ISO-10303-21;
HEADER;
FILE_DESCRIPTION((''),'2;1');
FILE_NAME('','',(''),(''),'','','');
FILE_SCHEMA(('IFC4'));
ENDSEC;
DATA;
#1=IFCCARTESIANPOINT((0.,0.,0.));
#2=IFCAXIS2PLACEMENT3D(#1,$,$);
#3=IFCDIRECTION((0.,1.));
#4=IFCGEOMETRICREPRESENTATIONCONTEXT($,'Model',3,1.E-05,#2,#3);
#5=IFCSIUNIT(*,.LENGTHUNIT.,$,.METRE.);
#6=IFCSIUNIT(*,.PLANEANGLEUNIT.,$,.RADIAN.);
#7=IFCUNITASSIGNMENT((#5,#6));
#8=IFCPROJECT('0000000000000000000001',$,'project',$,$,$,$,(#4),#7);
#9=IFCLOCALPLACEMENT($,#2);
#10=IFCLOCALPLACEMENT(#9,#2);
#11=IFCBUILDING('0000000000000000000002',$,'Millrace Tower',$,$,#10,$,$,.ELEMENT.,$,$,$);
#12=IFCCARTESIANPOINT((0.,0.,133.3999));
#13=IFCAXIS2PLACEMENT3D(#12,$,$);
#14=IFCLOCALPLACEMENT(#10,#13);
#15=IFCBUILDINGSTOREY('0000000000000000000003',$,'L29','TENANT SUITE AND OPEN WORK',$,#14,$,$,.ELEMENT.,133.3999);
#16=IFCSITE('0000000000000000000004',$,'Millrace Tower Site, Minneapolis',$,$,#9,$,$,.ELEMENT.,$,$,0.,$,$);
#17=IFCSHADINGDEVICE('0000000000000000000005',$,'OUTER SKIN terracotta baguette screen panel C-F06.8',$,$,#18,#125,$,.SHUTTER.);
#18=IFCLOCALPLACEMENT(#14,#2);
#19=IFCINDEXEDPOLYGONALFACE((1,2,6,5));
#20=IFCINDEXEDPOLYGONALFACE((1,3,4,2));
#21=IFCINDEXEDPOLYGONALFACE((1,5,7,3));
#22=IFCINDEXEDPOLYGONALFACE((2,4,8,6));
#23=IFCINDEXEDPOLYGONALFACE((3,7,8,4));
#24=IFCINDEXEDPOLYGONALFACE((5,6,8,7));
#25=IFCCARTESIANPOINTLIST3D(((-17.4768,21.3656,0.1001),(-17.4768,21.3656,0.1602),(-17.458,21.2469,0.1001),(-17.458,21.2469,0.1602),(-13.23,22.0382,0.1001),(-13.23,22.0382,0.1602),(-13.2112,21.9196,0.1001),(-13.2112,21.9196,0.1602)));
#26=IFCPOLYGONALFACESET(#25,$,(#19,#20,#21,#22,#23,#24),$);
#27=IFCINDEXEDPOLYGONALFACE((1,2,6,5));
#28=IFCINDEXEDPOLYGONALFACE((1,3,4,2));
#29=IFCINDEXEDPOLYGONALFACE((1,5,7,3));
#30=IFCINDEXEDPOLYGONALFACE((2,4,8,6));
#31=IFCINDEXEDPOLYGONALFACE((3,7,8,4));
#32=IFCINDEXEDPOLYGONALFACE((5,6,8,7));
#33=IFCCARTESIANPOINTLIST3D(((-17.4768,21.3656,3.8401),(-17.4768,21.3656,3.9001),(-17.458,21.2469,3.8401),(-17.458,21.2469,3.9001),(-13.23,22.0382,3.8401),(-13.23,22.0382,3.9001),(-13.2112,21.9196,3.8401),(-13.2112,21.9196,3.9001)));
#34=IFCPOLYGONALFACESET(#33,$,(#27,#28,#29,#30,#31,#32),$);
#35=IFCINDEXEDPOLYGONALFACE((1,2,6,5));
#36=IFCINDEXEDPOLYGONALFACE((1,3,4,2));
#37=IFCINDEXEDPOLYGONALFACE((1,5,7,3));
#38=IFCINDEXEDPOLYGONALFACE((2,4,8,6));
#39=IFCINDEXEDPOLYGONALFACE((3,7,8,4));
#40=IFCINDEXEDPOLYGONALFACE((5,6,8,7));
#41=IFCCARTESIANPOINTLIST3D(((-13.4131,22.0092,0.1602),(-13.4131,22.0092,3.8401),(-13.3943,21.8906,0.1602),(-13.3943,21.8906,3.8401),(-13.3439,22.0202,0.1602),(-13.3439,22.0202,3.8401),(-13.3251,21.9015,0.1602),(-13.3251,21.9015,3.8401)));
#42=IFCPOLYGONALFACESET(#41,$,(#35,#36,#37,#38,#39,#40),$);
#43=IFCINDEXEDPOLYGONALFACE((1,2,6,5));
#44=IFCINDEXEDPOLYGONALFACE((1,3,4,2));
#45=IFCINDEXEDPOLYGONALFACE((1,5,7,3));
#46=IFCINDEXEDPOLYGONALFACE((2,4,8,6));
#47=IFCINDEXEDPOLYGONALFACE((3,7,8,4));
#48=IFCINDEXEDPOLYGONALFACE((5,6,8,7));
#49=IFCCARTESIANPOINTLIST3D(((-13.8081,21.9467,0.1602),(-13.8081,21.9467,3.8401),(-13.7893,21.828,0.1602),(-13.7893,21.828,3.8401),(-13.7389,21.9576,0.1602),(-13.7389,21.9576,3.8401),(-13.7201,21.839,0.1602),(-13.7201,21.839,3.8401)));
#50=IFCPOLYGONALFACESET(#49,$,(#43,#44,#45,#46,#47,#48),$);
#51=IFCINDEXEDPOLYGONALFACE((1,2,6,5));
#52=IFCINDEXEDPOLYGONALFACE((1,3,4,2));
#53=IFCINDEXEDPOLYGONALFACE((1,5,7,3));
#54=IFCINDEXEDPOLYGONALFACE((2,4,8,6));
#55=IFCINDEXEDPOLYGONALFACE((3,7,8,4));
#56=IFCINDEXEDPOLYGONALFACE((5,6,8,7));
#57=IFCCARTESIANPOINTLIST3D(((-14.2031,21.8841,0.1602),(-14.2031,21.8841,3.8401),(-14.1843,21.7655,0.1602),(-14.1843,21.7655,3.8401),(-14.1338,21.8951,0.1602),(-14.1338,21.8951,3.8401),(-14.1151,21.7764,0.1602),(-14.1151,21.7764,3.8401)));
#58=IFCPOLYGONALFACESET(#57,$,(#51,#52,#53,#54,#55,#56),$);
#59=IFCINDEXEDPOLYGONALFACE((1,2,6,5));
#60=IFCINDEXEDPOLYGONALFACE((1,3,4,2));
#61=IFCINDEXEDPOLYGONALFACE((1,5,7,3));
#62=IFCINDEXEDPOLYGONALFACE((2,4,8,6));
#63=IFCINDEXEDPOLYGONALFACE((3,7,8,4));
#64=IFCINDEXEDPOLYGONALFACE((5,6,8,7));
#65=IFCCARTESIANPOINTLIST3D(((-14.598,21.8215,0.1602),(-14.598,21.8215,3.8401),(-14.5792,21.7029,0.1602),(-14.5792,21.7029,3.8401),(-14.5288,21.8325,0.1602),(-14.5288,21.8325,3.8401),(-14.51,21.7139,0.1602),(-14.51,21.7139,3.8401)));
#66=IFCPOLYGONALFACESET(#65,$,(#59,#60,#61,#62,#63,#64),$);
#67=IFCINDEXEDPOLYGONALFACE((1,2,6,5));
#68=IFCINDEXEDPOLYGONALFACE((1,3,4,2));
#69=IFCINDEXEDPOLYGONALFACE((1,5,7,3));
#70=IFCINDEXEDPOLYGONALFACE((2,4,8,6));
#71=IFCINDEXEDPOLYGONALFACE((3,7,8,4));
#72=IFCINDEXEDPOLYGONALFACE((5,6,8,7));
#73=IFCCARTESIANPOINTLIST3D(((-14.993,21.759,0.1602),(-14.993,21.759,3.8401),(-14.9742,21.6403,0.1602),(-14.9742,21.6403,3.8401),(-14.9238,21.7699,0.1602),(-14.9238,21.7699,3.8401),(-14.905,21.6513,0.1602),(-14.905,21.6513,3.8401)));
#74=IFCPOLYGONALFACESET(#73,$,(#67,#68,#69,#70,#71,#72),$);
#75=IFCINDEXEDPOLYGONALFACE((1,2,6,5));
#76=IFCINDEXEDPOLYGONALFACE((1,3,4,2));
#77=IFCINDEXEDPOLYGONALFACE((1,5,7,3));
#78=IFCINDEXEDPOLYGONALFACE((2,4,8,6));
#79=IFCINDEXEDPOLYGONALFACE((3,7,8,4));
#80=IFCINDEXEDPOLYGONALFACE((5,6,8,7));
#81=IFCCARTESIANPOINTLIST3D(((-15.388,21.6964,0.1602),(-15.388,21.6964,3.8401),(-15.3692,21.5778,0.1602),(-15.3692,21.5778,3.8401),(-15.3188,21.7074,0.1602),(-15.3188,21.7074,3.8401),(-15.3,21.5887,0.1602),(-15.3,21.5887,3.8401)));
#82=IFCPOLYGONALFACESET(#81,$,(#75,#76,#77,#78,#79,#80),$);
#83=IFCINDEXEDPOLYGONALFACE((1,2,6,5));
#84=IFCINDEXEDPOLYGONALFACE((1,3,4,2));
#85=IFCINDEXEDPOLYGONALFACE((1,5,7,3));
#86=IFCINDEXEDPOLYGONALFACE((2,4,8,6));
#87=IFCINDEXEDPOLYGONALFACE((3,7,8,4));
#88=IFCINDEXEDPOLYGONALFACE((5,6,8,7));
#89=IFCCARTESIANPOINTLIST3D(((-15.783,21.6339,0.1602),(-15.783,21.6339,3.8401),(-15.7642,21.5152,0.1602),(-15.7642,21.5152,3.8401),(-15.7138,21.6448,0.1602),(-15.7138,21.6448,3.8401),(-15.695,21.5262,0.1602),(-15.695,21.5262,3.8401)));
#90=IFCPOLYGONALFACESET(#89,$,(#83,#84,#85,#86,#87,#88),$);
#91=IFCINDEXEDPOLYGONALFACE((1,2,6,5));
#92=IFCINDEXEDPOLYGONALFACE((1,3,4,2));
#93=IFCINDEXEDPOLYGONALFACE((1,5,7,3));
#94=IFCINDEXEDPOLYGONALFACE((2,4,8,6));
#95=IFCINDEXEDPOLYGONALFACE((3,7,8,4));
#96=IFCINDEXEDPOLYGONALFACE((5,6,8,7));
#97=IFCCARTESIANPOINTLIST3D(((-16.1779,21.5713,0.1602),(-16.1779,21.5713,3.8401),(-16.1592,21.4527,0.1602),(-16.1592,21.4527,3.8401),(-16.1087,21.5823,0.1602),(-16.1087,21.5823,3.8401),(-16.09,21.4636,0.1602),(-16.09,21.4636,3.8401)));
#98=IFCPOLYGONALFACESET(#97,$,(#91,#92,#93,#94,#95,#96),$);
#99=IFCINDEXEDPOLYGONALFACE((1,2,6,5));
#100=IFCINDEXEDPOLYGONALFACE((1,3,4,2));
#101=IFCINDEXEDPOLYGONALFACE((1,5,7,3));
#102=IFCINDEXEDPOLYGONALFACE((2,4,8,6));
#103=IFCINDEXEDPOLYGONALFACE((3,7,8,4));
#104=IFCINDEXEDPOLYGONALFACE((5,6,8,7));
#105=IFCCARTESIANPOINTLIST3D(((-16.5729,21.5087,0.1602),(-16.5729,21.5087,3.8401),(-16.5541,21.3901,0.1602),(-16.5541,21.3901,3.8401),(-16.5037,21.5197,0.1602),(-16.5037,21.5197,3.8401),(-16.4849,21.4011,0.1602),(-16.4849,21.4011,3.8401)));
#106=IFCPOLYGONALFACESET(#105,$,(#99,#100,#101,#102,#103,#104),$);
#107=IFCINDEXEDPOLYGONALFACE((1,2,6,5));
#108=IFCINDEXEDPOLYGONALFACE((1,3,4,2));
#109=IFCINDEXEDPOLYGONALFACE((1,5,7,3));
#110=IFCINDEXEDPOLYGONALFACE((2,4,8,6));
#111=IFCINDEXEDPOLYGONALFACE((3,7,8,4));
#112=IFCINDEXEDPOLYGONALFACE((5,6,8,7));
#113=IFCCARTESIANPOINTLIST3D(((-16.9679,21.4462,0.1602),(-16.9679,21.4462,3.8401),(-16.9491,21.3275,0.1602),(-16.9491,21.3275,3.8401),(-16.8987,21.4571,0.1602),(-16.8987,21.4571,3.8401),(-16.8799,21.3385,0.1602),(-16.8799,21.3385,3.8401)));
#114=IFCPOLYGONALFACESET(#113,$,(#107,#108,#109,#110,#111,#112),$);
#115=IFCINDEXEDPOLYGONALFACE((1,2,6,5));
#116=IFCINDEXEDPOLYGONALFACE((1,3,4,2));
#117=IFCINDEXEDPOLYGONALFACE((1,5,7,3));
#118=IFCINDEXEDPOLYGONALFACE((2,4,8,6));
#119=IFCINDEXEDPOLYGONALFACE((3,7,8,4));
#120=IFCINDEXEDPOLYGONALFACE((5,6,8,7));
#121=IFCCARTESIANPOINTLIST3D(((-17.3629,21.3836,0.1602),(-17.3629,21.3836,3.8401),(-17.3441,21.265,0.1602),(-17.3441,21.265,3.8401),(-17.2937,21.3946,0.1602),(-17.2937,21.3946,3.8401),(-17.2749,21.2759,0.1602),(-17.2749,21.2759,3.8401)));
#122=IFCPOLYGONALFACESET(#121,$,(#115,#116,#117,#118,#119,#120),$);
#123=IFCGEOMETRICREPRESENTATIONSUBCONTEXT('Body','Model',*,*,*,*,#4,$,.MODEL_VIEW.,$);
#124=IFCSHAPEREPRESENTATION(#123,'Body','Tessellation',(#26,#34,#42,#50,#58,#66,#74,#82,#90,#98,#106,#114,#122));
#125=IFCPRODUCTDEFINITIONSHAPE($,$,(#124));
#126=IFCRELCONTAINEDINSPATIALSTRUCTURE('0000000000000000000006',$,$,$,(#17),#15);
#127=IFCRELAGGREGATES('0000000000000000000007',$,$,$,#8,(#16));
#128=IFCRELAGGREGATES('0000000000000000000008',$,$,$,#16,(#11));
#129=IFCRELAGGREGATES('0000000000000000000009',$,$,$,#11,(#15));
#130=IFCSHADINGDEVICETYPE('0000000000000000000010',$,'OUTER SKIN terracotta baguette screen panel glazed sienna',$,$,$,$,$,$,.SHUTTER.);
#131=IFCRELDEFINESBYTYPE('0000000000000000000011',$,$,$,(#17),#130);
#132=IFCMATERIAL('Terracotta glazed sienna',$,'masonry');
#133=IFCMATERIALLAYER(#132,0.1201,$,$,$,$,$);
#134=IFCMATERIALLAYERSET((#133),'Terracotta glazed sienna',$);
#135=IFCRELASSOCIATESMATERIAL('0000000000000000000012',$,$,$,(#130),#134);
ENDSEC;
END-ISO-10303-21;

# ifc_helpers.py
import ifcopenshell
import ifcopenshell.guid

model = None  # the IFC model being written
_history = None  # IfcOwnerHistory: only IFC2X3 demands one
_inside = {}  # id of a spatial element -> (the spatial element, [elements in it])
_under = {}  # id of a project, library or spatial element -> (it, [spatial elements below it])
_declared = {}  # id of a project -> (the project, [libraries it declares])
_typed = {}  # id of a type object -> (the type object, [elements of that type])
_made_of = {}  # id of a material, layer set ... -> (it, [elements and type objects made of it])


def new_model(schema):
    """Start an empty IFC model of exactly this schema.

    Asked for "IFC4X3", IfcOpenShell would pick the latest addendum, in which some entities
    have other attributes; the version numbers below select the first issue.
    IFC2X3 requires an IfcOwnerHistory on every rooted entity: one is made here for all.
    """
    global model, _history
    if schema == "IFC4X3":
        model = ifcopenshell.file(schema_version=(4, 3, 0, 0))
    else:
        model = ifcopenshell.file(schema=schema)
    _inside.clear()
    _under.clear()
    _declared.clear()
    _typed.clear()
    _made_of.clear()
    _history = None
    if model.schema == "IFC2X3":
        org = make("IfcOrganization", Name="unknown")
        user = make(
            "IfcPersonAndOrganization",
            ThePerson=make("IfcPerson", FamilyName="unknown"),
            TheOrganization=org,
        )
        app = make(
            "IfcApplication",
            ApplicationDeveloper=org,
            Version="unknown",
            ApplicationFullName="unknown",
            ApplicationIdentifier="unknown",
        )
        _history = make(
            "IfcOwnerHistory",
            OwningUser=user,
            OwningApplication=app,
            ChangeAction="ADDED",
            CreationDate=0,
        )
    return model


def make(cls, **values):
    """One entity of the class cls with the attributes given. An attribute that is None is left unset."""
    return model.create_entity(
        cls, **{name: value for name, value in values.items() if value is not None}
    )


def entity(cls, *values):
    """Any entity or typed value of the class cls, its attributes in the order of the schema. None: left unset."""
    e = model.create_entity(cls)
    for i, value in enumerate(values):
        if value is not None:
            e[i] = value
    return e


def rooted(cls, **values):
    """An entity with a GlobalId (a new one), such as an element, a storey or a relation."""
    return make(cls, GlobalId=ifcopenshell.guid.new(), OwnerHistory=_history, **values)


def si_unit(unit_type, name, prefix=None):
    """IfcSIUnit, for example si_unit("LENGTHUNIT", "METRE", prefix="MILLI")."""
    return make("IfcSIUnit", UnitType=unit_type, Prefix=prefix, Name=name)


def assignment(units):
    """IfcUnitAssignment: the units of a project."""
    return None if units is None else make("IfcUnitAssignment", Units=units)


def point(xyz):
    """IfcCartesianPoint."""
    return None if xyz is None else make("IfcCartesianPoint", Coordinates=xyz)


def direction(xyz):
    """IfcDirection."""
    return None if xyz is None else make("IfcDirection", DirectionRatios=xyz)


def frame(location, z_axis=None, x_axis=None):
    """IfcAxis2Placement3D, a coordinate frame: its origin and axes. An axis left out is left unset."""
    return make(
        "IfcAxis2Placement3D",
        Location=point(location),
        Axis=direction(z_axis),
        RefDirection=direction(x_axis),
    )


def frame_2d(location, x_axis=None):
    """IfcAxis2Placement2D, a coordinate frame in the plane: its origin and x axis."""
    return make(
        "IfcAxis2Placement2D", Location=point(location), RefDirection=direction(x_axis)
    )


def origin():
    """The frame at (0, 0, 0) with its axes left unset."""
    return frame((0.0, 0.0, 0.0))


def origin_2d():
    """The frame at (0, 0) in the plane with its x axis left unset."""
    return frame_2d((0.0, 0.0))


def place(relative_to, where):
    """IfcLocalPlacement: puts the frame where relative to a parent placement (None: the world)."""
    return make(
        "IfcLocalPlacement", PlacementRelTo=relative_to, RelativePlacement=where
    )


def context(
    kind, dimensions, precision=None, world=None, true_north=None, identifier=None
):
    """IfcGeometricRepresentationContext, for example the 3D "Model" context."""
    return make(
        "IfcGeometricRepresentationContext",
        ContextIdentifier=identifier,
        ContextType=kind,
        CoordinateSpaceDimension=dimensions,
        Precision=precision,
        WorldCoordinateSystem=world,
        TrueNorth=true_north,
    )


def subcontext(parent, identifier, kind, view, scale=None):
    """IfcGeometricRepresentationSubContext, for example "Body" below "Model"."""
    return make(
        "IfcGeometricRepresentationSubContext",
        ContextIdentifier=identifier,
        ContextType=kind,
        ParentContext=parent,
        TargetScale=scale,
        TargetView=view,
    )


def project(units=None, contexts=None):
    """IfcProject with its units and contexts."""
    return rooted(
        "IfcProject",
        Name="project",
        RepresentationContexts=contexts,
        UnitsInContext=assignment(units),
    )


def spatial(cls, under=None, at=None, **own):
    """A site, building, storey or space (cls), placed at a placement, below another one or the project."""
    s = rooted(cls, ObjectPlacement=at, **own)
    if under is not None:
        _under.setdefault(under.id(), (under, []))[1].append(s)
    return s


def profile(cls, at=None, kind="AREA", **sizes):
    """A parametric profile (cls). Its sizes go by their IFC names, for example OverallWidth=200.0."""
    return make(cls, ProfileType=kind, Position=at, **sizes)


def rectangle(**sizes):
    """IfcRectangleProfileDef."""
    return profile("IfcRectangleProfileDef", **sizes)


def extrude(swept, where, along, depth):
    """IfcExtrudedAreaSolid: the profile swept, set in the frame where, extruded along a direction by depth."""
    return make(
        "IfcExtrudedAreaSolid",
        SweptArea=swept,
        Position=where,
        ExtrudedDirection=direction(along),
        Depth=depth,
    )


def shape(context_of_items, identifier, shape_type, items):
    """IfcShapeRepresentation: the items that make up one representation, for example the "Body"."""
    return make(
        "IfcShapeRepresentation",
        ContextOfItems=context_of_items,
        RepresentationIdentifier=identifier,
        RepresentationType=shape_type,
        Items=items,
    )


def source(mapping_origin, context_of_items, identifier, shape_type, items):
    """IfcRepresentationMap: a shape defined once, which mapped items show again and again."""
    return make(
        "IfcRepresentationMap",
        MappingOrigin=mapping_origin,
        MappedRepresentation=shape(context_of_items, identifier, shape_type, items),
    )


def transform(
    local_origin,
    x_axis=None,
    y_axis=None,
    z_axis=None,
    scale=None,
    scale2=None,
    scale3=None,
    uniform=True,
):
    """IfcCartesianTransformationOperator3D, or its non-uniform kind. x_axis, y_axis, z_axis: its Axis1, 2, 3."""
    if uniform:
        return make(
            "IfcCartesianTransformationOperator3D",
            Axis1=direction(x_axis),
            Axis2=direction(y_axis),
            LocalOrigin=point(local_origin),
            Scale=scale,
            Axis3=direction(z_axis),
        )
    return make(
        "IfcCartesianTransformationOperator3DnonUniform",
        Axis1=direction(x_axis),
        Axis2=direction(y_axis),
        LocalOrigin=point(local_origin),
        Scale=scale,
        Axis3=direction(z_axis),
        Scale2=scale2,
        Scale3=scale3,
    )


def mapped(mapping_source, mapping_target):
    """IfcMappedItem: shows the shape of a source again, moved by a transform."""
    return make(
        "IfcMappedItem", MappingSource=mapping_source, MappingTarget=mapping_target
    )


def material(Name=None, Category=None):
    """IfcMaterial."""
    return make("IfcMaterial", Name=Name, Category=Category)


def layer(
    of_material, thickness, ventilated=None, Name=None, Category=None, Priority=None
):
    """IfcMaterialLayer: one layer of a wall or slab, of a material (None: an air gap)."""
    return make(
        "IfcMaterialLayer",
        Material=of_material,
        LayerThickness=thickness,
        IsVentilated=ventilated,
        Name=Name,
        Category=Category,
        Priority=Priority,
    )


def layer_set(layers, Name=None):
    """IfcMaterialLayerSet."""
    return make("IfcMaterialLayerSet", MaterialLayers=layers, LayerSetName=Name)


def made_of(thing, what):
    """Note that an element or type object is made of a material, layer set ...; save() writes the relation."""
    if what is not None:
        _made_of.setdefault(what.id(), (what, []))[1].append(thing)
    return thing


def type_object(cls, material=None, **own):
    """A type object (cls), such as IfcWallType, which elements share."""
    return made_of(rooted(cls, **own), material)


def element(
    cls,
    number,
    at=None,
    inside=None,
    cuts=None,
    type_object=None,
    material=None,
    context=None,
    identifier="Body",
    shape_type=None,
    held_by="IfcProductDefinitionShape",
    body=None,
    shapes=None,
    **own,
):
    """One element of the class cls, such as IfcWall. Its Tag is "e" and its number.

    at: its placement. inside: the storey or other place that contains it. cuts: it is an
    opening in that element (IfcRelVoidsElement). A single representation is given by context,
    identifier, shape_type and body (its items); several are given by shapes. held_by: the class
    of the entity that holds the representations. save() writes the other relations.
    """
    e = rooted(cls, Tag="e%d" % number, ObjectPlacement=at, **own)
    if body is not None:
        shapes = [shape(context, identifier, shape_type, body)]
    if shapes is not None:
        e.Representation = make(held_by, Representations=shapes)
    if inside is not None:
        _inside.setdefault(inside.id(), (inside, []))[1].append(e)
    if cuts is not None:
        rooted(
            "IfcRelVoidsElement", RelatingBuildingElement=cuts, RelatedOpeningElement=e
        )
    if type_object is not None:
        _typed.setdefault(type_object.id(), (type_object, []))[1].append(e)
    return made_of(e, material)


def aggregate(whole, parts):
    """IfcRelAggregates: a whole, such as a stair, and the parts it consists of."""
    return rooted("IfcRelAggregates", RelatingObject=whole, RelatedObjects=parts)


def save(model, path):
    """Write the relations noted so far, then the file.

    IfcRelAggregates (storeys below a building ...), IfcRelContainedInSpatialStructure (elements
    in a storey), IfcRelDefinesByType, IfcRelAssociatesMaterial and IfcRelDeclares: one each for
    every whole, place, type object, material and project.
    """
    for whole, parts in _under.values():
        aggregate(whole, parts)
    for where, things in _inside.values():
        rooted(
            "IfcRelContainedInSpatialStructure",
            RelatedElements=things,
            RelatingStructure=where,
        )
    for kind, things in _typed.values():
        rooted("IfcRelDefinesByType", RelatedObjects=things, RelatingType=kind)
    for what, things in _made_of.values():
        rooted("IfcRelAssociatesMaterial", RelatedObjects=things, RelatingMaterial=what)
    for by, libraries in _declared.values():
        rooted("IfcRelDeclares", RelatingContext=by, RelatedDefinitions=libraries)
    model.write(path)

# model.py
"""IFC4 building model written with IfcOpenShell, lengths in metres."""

from ifc_helpers import new_model, entity, si_unit, direction, frame, frame_2d, origin, origin_2d, place, context, subcontext, project, spatial, rectangle, extrude, source, transform, mapped, material, layer, layer_set, type_object, element, save


model = new_model("IFC4")

# Units and contexts
model_context = context("Model", 3, precision=1e-05, world=origin(), true_north=direction((0.0, 1.0)))
body_context = subcontext(model_context, "Body", "Model", "MODEL_VIEW")
ifc_project = project(units=[si_unit("LENGTHUNIT", "METRE"), si_unit("PLANEANGLEUNIT", "RADIAN")], contexts=[model_context])

# Site, building, storey
site_placement = place(None, origin())
site = spatial("IfcSite", under=ifc_project, at=site_placement, Name="Millrace Tower Site, Minneapolis", CompositionType="ELEMENT", RefElevation=0.0)
building_placement = place(site_placement, origin())
building = spatial("IfcBuilding", under=site, at=building_placement, Name="Millrace Tower", CompositionType="ELEMENT")
storey_placement = place(building_placement, frame((0.0, 0.0, 133.3999)))
storey = spatial("IfcBuildingStorey", under=building, at=storey_placement, Name="L29", Description="TENANT SUITE AND OPEN WORK", CompositionType="ELEMENT", Elevation=133.3999)

# Shading device
ifc_material_1 = material(Name="Terracotta glazed sienna", Category="masonry")
ifc_layer_1 = layer(ifc_material_1, 0.1201)
ifc_layer_set_1 = layer_set([ifc_layer_1], Name="Terracotta glazed sienna")
shading_device_type = type_object("IfcShadingDeviceType", Name="OUTER SKIN terracotta baguette screen panel glazed sienna", PredefinedType="SHUTTER", material=ifc_layer_set_1)
cartesian_point_1 = entity("IfcCartesianPoint", [-2.1499, 0.0601])
shared_polyline_1 = entity("IfcPolyline", [cartesian_point_1, entity("IfcCartesianPoint", [2.1499, 0.0601]), entity("IfcCartesianPoint", [2.1499, -0.0601]), entity("IfcCartesianPoint", [-2.1499, -0.0601]), cartesian_point_1])
shared_shape_1 = source(origin(), body_context, "Body", "SweptSolid", [
    entity("IfcExtrudedAreaSolid", entity("IfcArbitraryClosedProfileDef", "AREA", None, shared_polyline_1), entity("IfcAxis2Placement3D", entity("IfcCartesianPoint", [0.0, 0.0, 0.0])), entity("IfcDirection", [0.0, 0.0, 1.0]), 0.0601),
    entity("IfcExtrudedAreaSolid", entity("IfcArbitraryClosedProfileDef", "AREA", None, shared_polyline_1), entity("IfcAxis2Placement3D", entity("IfcCartesianPoint", [0.0, 0.0, 3.74])), entity("IfcDirection", [0.0, 0.0, 1.0]), 0.0601),
    extrude(rectangle(XDim=0.0701, YDim=0.1201, at=frame_2d((-1.9995, 0.0))), frame((0.0, 0.0, 0.0601)), (0.0, 0.0, 1.0), 3.6799),
    extrude(rectangle(XDim=0.0701, YDim=0.1201, at=frame_2d((-1.5996, 0.0))), frame((0.0, 0.0, 0.0601)), (0.0, 0.0, 1.0), 3.6799),
    extrude(rectangle(XDim=0.0701, YDim=0.1201, at=frame_2d((-1.1997, 0.0))), frame((0.0, 0.0, 0.0601)), (0.0, 0.0, 1.0), 3.6799),
    extrude(rectangle(XDim=0.0701, YDim=0.1201, at=frame_2d((-0.7998, 0.0))), frame((0.0, 0.0, 0.0601)), (0.0, 0.0, 1.0), 3.6799),
    extrude(rectangle(XDim=0.0701, YDim=0.1201, at=frame_2d((-0.3999, 0.0))), frame((0.0, 0.0, 0.0601)), (0.0, 0.0, 1.0), 3.6799),
    extrude(rectangle(XDim=0.0701, YDim=0.1201, at=origin_2d()), frame((0.0, 0.0, 0.0601)), (0.0, 0.0, 1.0), 3.6799),
    extrude(rectangle(XDim=0.0701, YDim=0.1201, at=frame_2d((0.3999, 0.0))), frame((0.0, 0.0, 0.0601)), (0.0, 0.0, 1.0), 3.6799),
    extrude(rectangle(XDim=0.0701, YDim=0.1201, at=frame_2d((0.7998, 0.0))), frame((0.0, 0.0, 0.0601)), (0.0, 0.0, 1.0), 3.6799),
    extrude(rectangle(XDim=0.0701, YDim=0.1201, at=frame_2d((1.1997, 0.0))), frame((0.0, 0.0, 0.0601)), (0.0, 0.0, 1.0), 3.6799),
    extrude(rectangle(XDim=0.0701, YDim=0.1201, at=frame_2d((1.5996, 0.0))), frame((0.0, 0.0, 0.0601)), (0.0, 0.0, 1.0), 3.6799),
    extrude(rectangle(XDim=0.0701, YDim=0.1201, at=frame_2d((1.9995, 0.0))), frame((0.0, 0.0, 0.0601)), (0.0, 0.0, 1.0), 3.6799),
])
shading_device_1_placement = place(storey_placement, frame((-15.344, 21.6426, 0.1001), z_axis=(0.0, 0.0, 1.0), x_axis=(-0.987688, -0.156434, 0.0)))
element("IfcShadingDevice", 1, at=shading_device_1_placement, inside=storey, type_object=shading_device_type, Name="OUTER SKIN terracotta baguette screen panel C-F06.8", PredefinedType="SHUTTER", context=body_context, shape_type="MappedRepresentation", body=[
    mapped(shared_shape_1, transform((0.0, 0.0, 0.0), scale=1.0)),
])

save(model, "model.ifc")
